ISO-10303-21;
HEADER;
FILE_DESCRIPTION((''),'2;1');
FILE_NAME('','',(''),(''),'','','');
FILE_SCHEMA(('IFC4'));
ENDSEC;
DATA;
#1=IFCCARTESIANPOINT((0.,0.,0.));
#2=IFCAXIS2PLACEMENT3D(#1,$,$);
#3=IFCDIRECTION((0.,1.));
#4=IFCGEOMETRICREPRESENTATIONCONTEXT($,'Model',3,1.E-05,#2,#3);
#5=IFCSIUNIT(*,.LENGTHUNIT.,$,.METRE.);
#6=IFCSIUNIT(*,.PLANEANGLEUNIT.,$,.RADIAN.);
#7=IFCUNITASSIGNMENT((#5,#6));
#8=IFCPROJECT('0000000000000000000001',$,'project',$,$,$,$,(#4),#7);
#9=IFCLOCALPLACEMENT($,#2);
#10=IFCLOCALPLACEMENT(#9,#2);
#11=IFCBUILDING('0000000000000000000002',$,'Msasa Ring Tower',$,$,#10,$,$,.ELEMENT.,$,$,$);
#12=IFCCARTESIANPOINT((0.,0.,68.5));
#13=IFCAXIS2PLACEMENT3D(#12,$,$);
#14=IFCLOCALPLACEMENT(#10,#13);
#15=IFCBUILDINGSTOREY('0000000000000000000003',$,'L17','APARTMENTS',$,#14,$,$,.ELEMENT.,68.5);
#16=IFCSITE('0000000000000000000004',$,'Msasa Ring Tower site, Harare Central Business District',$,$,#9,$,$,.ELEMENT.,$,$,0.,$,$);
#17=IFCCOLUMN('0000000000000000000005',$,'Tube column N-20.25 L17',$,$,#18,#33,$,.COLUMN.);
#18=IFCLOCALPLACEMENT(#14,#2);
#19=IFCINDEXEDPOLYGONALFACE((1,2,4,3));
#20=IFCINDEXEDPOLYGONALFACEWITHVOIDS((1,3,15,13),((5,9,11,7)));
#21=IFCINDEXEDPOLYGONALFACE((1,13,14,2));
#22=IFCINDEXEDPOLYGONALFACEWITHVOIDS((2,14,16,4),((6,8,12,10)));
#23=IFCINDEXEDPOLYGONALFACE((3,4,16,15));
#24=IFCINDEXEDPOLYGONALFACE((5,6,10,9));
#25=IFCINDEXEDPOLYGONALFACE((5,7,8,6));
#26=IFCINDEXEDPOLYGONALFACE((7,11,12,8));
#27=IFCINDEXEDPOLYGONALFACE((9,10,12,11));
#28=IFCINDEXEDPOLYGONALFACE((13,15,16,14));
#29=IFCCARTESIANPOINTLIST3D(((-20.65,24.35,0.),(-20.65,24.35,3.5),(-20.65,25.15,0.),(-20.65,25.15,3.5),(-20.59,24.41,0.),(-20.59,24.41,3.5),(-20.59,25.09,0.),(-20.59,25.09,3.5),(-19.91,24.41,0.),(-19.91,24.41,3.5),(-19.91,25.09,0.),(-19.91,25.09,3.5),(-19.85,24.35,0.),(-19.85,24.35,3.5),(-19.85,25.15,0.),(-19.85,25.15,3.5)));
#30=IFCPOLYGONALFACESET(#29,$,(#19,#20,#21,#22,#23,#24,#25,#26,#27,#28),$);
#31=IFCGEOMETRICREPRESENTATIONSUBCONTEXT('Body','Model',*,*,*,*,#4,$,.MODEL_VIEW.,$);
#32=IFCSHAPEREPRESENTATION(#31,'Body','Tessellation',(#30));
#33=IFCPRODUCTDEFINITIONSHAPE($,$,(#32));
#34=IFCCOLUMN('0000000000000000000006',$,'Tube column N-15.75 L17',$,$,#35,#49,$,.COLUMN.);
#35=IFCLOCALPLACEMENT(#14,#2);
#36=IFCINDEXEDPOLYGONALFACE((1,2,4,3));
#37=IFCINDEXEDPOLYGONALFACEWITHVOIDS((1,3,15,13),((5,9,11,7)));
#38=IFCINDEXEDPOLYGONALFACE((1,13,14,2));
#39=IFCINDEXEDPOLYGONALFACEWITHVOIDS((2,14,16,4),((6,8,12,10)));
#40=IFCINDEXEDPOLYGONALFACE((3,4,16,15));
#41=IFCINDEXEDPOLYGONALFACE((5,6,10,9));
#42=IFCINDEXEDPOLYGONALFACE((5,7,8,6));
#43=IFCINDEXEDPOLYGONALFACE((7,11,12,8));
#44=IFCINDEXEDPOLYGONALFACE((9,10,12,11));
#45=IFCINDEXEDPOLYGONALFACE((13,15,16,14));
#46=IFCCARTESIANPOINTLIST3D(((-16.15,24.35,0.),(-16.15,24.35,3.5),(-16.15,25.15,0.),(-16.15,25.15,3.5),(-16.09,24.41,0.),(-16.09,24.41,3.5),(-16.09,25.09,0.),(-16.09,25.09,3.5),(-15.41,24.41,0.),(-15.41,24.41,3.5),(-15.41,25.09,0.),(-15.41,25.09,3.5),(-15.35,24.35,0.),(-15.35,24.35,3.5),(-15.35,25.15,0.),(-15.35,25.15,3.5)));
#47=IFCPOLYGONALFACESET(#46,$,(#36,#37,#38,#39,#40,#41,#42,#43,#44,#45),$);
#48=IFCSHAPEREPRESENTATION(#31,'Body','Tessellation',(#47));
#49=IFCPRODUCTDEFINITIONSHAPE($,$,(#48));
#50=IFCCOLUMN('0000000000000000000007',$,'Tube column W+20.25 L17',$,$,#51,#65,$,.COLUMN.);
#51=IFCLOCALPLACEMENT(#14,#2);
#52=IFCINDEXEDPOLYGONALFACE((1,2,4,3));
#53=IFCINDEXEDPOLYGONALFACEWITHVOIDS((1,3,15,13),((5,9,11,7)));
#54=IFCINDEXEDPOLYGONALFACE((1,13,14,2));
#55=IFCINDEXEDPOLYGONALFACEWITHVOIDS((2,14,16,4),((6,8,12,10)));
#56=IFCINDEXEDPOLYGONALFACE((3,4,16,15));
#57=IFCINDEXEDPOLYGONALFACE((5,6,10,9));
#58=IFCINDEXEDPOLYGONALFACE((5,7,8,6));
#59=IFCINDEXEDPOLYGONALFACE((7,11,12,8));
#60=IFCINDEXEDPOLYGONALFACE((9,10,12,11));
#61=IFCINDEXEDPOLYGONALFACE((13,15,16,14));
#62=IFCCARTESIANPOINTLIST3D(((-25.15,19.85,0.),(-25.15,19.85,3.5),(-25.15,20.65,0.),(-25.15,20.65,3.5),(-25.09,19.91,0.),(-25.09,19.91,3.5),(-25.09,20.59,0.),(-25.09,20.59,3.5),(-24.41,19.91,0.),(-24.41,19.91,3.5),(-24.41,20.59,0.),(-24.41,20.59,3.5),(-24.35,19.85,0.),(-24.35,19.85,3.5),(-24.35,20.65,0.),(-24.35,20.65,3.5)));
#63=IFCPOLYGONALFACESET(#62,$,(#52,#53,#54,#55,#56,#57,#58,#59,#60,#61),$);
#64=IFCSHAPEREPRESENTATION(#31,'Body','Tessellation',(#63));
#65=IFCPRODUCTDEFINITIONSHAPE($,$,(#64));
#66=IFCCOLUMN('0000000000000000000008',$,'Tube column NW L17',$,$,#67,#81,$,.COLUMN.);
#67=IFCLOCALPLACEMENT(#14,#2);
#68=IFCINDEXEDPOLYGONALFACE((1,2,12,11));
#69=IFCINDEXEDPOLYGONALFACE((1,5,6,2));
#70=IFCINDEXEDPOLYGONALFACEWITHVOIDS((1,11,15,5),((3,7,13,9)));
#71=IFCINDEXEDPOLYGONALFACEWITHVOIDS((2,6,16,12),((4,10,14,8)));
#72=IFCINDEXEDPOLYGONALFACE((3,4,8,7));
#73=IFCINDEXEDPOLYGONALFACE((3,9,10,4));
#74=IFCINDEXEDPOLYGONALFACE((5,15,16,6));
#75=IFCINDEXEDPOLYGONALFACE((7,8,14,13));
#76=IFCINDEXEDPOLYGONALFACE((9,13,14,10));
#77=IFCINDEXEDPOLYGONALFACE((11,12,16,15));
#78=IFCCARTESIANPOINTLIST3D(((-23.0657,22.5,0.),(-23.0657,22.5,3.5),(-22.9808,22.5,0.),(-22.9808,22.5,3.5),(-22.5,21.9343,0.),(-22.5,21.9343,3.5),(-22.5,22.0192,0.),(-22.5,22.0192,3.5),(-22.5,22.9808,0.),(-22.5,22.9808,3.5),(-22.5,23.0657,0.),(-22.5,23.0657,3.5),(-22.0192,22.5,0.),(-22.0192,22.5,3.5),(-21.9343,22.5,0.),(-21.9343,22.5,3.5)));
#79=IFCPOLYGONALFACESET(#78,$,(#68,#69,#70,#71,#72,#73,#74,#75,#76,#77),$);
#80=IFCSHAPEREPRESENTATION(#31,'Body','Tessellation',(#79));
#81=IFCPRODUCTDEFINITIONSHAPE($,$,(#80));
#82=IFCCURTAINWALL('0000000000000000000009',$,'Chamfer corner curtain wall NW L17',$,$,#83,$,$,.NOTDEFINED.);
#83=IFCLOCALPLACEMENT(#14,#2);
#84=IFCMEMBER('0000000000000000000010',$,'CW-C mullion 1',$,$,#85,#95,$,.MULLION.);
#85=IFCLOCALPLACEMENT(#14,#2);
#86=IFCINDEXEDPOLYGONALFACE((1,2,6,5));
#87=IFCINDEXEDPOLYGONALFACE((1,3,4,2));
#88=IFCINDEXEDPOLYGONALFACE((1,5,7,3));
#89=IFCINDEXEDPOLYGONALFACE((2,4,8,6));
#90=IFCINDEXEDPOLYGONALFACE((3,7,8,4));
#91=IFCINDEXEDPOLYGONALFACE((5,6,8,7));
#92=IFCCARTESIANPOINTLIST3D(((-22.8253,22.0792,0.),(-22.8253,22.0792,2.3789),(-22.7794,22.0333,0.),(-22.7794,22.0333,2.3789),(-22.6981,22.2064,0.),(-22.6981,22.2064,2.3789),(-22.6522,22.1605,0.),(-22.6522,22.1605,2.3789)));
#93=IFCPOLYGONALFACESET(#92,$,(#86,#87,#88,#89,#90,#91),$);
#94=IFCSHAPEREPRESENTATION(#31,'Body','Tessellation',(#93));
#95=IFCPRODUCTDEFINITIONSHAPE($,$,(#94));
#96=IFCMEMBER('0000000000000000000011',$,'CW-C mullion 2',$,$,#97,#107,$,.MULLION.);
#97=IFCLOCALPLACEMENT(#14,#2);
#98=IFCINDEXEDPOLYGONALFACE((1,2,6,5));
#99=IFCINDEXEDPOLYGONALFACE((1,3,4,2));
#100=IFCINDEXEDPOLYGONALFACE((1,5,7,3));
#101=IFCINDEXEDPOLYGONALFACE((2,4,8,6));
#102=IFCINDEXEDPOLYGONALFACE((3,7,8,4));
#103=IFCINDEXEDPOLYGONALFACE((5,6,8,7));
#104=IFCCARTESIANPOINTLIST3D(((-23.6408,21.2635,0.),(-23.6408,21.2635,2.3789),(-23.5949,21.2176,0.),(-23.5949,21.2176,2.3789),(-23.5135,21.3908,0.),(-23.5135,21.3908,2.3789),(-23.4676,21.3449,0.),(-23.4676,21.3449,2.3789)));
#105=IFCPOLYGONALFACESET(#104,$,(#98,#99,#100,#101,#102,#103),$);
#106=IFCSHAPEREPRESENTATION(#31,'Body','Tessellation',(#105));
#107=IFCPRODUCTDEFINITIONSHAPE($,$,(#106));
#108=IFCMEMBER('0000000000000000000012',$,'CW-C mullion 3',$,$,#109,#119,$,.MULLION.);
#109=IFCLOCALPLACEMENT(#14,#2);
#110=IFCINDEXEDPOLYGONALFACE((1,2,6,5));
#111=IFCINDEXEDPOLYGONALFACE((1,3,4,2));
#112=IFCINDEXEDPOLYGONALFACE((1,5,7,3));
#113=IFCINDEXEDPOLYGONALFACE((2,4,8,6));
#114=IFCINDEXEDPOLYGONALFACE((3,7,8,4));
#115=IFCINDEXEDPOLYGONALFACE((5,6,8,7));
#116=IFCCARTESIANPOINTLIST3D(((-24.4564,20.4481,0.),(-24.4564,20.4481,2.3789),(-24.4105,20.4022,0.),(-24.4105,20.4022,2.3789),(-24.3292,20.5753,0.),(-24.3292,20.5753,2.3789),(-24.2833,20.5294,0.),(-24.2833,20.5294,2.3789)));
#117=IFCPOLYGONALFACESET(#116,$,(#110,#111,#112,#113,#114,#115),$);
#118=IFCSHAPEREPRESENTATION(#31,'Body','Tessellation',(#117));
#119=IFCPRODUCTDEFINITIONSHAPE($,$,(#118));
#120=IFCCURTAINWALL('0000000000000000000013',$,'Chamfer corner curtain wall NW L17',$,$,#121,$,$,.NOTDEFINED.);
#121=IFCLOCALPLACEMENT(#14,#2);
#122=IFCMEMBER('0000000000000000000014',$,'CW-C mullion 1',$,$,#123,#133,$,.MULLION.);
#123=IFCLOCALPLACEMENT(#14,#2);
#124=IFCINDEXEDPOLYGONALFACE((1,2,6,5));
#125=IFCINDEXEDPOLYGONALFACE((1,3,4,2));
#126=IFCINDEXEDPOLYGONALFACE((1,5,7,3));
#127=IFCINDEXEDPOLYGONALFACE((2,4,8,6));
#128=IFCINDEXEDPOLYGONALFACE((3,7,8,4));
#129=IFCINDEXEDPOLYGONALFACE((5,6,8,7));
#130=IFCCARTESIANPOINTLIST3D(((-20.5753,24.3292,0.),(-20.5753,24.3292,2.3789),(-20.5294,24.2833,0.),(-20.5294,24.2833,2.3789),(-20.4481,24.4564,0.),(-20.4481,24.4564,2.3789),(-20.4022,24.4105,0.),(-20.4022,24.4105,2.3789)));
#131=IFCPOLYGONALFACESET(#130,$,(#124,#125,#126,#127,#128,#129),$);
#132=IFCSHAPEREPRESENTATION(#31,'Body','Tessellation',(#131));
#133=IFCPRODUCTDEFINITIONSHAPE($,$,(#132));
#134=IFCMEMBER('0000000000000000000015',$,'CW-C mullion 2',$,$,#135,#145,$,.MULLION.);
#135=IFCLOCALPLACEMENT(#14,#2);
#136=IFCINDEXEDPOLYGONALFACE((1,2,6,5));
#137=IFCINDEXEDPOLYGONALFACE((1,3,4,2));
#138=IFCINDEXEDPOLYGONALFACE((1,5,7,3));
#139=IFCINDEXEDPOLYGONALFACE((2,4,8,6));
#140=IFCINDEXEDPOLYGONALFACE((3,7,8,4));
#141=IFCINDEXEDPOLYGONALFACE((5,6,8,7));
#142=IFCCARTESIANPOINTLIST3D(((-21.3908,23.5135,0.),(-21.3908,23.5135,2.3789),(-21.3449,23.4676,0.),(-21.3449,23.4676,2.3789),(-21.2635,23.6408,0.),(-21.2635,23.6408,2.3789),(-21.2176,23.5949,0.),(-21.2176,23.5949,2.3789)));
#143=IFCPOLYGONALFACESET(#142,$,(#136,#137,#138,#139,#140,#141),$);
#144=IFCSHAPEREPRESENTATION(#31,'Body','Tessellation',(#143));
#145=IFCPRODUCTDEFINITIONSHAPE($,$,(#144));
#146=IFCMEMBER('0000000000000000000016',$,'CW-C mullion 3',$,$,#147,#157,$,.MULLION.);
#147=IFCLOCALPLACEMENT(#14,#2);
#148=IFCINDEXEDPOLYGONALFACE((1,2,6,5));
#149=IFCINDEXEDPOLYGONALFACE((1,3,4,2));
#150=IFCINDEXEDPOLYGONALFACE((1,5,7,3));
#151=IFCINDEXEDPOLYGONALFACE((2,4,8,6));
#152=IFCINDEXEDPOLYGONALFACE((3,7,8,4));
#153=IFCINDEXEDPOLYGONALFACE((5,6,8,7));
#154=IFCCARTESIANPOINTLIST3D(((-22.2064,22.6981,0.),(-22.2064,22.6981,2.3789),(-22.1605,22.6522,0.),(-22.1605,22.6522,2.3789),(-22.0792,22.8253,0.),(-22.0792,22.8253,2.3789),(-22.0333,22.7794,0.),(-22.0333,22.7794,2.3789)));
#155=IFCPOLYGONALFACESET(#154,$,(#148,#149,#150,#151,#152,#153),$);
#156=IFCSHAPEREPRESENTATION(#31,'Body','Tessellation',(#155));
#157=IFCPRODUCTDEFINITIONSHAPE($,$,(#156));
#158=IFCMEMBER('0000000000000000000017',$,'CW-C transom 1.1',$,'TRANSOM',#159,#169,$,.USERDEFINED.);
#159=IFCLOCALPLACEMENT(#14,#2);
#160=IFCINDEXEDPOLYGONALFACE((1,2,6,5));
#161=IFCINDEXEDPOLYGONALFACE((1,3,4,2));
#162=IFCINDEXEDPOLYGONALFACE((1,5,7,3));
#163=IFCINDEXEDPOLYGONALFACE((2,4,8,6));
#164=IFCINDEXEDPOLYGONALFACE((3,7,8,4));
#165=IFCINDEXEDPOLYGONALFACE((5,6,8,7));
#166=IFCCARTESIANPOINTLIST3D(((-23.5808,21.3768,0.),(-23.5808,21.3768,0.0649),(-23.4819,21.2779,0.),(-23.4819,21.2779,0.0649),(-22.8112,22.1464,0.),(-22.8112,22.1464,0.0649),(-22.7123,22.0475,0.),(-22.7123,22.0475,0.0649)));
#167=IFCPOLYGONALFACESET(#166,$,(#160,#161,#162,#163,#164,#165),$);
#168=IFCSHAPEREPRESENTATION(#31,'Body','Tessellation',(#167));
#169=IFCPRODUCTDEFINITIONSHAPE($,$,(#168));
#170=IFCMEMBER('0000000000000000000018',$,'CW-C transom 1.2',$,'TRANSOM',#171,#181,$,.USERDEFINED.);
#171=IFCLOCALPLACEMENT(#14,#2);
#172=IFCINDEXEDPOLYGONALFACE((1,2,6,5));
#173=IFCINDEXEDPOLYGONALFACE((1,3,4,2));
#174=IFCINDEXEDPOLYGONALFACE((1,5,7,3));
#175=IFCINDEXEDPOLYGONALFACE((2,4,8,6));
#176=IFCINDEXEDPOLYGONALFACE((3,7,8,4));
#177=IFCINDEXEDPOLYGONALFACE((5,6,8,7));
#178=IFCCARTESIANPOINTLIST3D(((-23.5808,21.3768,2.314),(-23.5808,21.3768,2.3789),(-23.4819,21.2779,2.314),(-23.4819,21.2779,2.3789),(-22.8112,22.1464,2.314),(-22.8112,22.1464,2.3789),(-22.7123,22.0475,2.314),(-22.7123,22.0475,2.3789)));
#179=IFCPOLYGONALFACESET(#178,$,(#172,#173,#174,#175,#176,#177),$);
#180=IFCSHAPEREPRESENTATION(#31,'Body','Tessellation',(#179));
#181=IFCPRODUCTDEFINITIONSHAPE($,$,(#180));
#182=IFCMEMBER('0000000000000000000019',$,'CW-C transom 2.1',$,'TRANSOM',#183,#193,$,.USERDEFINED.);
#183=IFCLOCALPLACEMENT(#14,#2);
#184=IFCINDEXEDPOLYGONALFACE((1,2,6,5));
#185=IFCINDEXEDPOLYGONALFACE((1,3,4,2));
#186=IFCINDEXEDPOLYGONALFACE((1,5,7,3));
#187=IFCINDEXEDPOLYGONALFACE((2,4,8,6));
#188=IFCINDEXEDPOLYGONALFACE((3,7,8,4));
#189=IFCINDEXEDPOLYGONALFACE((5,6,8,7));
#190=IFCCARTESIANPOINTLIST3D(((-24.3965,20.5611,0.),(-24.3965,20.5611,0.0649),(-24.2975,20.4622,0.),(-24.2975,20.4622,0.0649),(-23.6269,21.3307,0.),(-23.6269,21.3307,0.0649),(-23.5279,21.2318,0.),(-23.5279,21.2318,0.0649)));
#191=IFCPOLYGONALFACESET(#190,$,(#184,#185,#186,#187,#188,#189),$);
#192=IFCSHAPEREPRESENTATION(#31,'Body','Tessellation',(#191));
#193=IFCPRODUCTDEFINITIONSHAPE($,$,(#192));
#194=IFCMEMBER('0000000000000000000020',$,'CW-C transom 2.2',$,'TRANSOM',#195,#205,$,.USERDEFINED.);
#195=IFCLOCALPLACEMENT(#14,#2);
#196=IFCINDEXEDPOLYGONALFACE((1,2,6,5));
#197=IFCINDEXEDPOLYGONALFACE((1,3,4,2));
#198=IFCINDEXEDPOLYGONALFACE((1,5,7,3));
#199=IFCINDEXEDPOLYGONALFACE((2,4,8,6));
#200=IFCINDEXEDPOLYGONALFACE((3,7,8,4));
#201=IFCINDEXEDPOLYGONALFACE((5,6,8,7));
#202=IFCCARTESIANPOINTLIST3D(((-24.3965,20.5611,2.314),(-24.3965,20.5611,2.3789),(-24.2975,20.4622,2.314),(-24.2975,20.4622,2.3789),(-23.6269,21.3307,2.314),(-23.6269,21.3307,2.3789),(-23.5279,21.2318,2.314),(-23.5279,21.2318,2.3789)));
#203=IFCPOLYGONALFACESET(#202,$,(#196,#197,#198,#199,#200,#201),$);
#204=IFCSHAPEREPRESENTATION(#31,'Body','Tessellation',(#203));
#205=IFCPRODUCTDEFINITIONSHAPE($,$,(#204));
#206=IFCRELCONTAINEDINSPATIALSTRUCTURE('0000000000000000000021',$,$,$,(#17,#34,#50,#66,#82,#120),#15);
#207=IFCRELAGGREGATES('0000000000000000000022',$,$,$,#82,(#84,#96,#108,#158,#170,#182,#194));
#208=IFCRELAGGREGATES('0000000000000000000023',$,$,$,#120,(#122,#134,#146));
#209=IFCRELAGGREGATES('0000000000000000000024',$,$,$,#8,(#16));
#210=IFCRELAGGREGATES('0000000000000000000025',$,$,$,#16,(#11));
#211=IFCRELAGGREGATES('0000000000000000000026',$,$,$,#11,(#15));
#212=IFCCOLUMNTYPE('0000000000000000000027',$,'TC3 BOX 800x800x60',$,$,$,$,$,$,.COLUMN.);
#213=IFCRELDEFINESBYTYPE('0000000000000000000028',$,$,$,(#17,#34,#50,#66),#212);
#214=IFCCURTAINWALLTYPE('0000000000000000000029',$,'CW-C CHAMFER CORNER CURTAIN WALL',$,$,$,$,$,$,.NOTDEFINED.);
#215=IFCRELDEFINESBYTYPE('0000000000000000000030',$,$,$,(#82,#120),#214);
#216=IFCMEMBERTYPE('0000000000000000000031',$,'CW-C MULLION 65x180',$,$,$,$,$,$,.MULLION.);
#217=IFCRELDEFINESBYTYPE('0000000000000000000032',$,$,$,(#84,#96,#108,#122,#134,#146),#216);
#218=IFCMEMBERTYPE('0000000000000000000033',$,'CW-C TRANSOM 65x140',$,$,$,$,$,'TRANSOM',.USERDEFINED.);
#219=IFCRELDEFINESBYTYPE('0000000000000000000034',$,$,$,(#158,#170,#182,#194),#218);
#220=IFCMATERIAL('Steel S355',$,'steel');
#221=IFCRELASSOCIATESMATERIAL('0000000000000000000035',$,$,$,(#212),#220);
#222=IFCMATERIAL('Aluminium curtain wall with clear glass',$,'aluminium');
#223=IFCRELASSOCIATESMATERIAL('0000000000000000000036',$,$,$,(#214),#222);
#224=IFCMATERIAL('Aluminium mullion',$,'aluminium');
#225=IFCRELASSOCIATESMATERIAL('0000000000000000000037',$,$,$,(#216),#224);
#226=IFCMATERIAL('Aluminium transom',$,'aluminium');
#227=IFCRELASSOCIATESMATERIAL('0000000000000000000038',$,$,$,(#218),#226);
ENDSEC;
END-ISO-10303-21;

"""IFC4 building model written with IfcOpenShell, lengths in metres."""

from ifc_helpers import new_model, si_unit, direction, frame, origin, origin_2d, place, context, subcontext, project, spatial, rectangle, hollow_rectangle, extrude, material, material_profile, profile_set, type_object, element, aggregate, save


model = new_model("IFC4")

# Units and contexts
model_context = context("Model", 3, precision=1e-05, world=origin(), true_north=direction((0.0, 1.0)))
body_context = subcontext(model_context, "Body", "Model", "MODEL_VIEW")
ifc_project = project(units=[si_unit("LENGTHUNIT", "METRE"), si_unit("PLANEANGLEUNIT", "RADIAN")], contexts=[model_context])

# Site, building, storey
site_placement = place(None, origin())
site = spatial("IfcSite", under=ifc_project, at=site_placement, Name="Msasa Ring Tower site, Harare Central Business District", CompositionType="ELEMENT", RefElevation=0.0)
building_placement = place(site_placement, origin())
building = spatial("IfcBuilding", under=site, at=building_placement, Name="Msasa Ring Tower", CompositionType="ELEMENT")
storey_placement = place(building_placement, frame((0.0, 0.0, 68.5)))
storey = spatial("IfcBuildingStorey", under=building, at=storey_placement, Name="L17", Description="APARTMENTS", CompositionType="ELEMENT", Elevation=68.5)

# Columns
ifc_material_1 = material(Name="Steel S355", Category="steel")
ifc_material_profile_1 = material_profile(ifc_material_1, hollow_rectangle(XDim=0.8, YDim=0.8, WallThickness=0.0601, at=origin_2d()), Name="BOX 800x800x60")
ifc_profile_set_1 = profile_set([ifc_material_profile_1], Name="Steel S355")
column_type = type_object("IfcColumnType", Name="TC3 BOX 800x800x60", PredefinedType="COLUMN", material=ifc_profile_set_1)
for number, where, z_axis, x_axis, name in (
    (1, (-20.25, 24.75, 0.0), (0.0, 0.0, 1.0), (0.0, 1.0, 0.0), "Tube column N-20.25 L17"),
    (2, (-15.75, 24.75, 0.0), (0.0, 0.0, 1.0), (0.0, 1.0, 0.0), "Tube column N-15.75 L17"),
    (3, (-24.75, 20.25, 0.0), (0.0, 0.0, 1.0), (1.0, 0.0, 0.0), "Tube column W+20.25 L17"),
    (4, (-22.5, 22.5, 0.0), (0.0, 0.0, 1.0), (0.707107, -0.707107, 0.0), "Tube column NW L17"),
):
    element("IfcColumn", number, at=place(storey_placement, frame(where, z_axis=z_axis, x_axis=x_axis)), inside=storey, type_object=column_type, Name=name, PredefinedType="COLUMN", context=body_context, shape_type="SweptSolid", body=[
        extrude(hollow_rectangle(XDim=0.8, YDim=0.8, WallThickness=0.0601, at=origin_2d()), origin(), (0.0, 0.0, 1.0), 3.5),
    ])

# Curtain walls, members
ifc_material_2 = material(Name="Aluminium curtain wall with clear glass", Category="aluminium")
curtain_wall_type = type_object("IfcCurtainWallType", Name="CW-C CHAMFER CORNER CURTAIN WALL", PredefinedType="NOTDEFINED", material=ifc_material_2)
curtain_wall_1_placement = place(storey_placement, origin())
curtain_wall_1 = element("IfcCurtainWall", 5, at=curtain_wall_1_placement, inside=storey, type_object=curtain_wall_type, Name="Chamfer corner curtain wall NW L17", PredefinedType="NOTDEFINED")
ifc_material_3 = material(Name="Aluminium mullion", Category="aluminium")
ifc_material_profile_2 = material_profile(ifc_material_3, rectangle(XDim=0.0649, YDim=0.1799, at=origin_2d()), Name="AL 65x180")
ifc_profile_set_2 = profile_set([ifc_material_profile_2], Name="Aluminium mullion")
member_type_1 = type_object("IfcMemberType", Name="CW-C MULLION 65x180", PredefinedType="MULLION", material=ifc_profile_set_2)
member_1_placement = place(storey_placement, frame((-22.7388, 22.1199, 0.0), z_axis=(0.0, 0.0, 1.0), x_axis=(0.707107, -0.707107, 0.0)))
member_1 = element("IfcMember", 6, at=member_1_placement, type_object=member_type_1, Name="CW-C mullion 1", PredefinedType="MULLION", context=body_context, shape_type="SweptSolid", body=[
    extrude(rectangle(XDim=0.0649, YDim=0.1799, at=origin_2d()), origin(), (0.0, 0.0, 1.0), 2.3789),
])
member_2_placement = place(storey_placement, frame((-23.5542, 21.3042, 0.0), z_axis=(0.0, 0.0, 1.0), x_axis=(0.707107, -0.707107, 0.0)))
member_2 = element("IfcMember", 7, at=member_2_placement, type_object=member_type_1, Name="CW-C mullion 2", PredefinedType="MULLION", context=body_context, shape_type="SweptSolid", body=[
    extrude(rectangle(XDim=0.0649, YDim=0.1799, at=origin_2d()), origin(), (0.0, 0.0, 1.0), 2.3789),
])
member_3_placement = place(storey_placement, frame((-24.3699, 20.4888, 0.0), z_axis=(0.0, 0.0, 1.0), x_axis=(0.707107, -0.707107, 0.0)))
member_3 = element("IfcMember", 8, at=member_3_placement, type_object=member_type_1, Name="CW-C mullion 3", PredefinedType="MULLION", context=body_context, shape_type="SweptSolid", body=[
    extrude(rectangle(XDim=0.0649, YDim=0.1799, at=origin_2d()), origin(), (0.0, 0.0, 1.0), 2.3789),
])
curtain_wall_2_placement = place(storey_placement, origin())
curtain_wall_2 = element("IfcCurtainWall", 9, at=curtain_wall_2_placement, inside=storey, type_object=curtain_wall_type, Name="Chamfer corner curtain wall NW L17", PredefinedType="NOTDEFINED")
member_4_placement = place(storey_placement, frame((-20.4888, 24.3699, 0.0), z_axis=(0.0, 0.0, 1.0), x_axis=(0.707107, -0.707107, 0.0)))
member_4 = element("IfcMember", 10, at=member_4_placement, type_object=member_type_1, Name="CW-C mullion 1", PredefinedType="MULLION", context=body_context, shape_type="SweptSolid", body=[
    extrude(rectangle(XDim=0.0649, YDim=0.1799, at=origin_2d()), origin(), (0.0, 0.0, 1.0), 2.3789),
])
member_5_placement = place(storey_placement, frame((-21.3042, 23.5542, 0.0), z_axis=(0.0, 0.0, 1.0), x_axis=(0.707107, -0.707107, 0.0)))
member_5 = element("IfcMember", 11, at=member_5_placement, type_object=member_type_1, Name="CW-C mullion 2", PredefinedType="MULLION", context=body_context, shape_type="SweptSolid", body=[
    extrude(rectangle(XDim=0.0649, YDim=0.1799, at=origin_2d()), origin(), (0.0, 0.0, 1.0), 2.3789),
])
member_6_placement = place(storey_placement, frame((-22.1199, 22.7388, 0.0), z_axis=(0.0, 0.0, 1.0), x_axis=(0.707107, -0.707107, 0.0)))
member_6 = element("IfcMember", 12, at=member_6_placement, type_object=member_type_1, Name="CW-C mullion 3", PredefinedType="MULLION", context=body_context, shape_type="SweptSolid", body=[
    extrude(rectangle(XDim=0.0649, YDim=0.1799, at=origin_2d()), origin(), (0.0, 0.0, 1.0), 2.3789),
])

# Members
ifc_material_4 = material(Name="Aluminium transom", Category="aluminium")
ifc_material_profile_3 = material_profile(ifc_material_4, rectangle(XDim=0.1399, YDim=0.0649, at=origin_2d()), Name="AL 65x140")
ifc_profile_set_3 = profile_set([ifc_material_profile_3], Name="Aluminium transom")
member_type_2 = type_object("IfcMemberType", Name="CW-C TRANSOM 65x140", ElementType="TRANSOM", PredefinedType="USERDEFINED", material=ifc_profile_set_3)
member_7_placement = place(storey_placement, frame((-22.7617, 22.0969, 0.0325), z_axis=(-0.707107, -0.707107, 0.0), x_axis=(0.707107, -0.707107, 0.0)))
member_7 = element("IfcMember", 13, at=member_7_placement, type_object=member_type_2, Name="CW-C transom 1.1", ObjectType="TRANSOM", PredefinedType="USERDEFINED", context=body_context, shape_type="SweptSolid", body=[
    extrude(rectangle(XDim=0.1399, YDim=0.0649, at=origin_2d()), origin(), (0.0, 0.0, 1.0), 1.0884),
])
member_8_placement = place(storey_placement, frame((-22.7617, 22.0969, 2.3464), z_axis=(-0.707107, -0.707107, 0.0), x_axis=(0.707107, -0.707107, 0.0)))
member_8 = element("IfcMember", 14, at=member_8_placement, type_object=member_type_2, Name="CW-C transom 1.2", ObjectType="TRANSOM", PredefinedType="USERDEFINED", context=body_context, shape_type="SweptSolid", body=[
    extrude(rectangle(XDim=0.1399, YDim=0.0649, at=origin_2d()), origin(), (0.0, 0.0, 1.0), 1.0884),
])
member_9_placement = place(storey_placement, frame((-23.5774, 21.2812, 0.0325), z_axis=(-0.707107, -0.707107, 0.0), x_axis=(0.707107, -0.707107, 0.0)))
member_9 = element("IfcMember", 15, at=member_9_placement, type_object=member_type_2, Name="CW-C transom 2.1", ObjectType="TRANSOM", PredefinedType="USERDEFINED", context=body_context, shape_type="SweptSolid", body=[
    extrude(rectangle(XDim=0.1399, YDim=0.0649, at=origin_2d()), origin(), (0.0, 0.0, 1.0), 1.0884),
])
member_10_placement = place(storey_placement, frame((-23.5774, 21.2812, 2.3464), z_axis=(-0.707107, -0.707107, 0.0), x_axis=(0.707107, -0.707107, 0.0)))
member_10 = element("IfcMember", 16, at=member_10_placement, type_object=member_type_2, Name="CW-C transom 2.2", ObjectType="TRANSOM", PredefinedType="USERDEFINED", context=body_context, shape_type="SweptSolid", body=[
    extrude(rectangle(XDim=0.1399, YDim=0.0649, at=origin_2d()), origin(), (0.0, 0.0, 1.0), 1.0884),
])

aggregate(curtain_wall_1, [member_1, member_2, member_3, member_7, member_8, member_9, member_10])
aggregate(curtain_wall_2, [member_4, member_5, member_6])

save(model, "model.ifc")
